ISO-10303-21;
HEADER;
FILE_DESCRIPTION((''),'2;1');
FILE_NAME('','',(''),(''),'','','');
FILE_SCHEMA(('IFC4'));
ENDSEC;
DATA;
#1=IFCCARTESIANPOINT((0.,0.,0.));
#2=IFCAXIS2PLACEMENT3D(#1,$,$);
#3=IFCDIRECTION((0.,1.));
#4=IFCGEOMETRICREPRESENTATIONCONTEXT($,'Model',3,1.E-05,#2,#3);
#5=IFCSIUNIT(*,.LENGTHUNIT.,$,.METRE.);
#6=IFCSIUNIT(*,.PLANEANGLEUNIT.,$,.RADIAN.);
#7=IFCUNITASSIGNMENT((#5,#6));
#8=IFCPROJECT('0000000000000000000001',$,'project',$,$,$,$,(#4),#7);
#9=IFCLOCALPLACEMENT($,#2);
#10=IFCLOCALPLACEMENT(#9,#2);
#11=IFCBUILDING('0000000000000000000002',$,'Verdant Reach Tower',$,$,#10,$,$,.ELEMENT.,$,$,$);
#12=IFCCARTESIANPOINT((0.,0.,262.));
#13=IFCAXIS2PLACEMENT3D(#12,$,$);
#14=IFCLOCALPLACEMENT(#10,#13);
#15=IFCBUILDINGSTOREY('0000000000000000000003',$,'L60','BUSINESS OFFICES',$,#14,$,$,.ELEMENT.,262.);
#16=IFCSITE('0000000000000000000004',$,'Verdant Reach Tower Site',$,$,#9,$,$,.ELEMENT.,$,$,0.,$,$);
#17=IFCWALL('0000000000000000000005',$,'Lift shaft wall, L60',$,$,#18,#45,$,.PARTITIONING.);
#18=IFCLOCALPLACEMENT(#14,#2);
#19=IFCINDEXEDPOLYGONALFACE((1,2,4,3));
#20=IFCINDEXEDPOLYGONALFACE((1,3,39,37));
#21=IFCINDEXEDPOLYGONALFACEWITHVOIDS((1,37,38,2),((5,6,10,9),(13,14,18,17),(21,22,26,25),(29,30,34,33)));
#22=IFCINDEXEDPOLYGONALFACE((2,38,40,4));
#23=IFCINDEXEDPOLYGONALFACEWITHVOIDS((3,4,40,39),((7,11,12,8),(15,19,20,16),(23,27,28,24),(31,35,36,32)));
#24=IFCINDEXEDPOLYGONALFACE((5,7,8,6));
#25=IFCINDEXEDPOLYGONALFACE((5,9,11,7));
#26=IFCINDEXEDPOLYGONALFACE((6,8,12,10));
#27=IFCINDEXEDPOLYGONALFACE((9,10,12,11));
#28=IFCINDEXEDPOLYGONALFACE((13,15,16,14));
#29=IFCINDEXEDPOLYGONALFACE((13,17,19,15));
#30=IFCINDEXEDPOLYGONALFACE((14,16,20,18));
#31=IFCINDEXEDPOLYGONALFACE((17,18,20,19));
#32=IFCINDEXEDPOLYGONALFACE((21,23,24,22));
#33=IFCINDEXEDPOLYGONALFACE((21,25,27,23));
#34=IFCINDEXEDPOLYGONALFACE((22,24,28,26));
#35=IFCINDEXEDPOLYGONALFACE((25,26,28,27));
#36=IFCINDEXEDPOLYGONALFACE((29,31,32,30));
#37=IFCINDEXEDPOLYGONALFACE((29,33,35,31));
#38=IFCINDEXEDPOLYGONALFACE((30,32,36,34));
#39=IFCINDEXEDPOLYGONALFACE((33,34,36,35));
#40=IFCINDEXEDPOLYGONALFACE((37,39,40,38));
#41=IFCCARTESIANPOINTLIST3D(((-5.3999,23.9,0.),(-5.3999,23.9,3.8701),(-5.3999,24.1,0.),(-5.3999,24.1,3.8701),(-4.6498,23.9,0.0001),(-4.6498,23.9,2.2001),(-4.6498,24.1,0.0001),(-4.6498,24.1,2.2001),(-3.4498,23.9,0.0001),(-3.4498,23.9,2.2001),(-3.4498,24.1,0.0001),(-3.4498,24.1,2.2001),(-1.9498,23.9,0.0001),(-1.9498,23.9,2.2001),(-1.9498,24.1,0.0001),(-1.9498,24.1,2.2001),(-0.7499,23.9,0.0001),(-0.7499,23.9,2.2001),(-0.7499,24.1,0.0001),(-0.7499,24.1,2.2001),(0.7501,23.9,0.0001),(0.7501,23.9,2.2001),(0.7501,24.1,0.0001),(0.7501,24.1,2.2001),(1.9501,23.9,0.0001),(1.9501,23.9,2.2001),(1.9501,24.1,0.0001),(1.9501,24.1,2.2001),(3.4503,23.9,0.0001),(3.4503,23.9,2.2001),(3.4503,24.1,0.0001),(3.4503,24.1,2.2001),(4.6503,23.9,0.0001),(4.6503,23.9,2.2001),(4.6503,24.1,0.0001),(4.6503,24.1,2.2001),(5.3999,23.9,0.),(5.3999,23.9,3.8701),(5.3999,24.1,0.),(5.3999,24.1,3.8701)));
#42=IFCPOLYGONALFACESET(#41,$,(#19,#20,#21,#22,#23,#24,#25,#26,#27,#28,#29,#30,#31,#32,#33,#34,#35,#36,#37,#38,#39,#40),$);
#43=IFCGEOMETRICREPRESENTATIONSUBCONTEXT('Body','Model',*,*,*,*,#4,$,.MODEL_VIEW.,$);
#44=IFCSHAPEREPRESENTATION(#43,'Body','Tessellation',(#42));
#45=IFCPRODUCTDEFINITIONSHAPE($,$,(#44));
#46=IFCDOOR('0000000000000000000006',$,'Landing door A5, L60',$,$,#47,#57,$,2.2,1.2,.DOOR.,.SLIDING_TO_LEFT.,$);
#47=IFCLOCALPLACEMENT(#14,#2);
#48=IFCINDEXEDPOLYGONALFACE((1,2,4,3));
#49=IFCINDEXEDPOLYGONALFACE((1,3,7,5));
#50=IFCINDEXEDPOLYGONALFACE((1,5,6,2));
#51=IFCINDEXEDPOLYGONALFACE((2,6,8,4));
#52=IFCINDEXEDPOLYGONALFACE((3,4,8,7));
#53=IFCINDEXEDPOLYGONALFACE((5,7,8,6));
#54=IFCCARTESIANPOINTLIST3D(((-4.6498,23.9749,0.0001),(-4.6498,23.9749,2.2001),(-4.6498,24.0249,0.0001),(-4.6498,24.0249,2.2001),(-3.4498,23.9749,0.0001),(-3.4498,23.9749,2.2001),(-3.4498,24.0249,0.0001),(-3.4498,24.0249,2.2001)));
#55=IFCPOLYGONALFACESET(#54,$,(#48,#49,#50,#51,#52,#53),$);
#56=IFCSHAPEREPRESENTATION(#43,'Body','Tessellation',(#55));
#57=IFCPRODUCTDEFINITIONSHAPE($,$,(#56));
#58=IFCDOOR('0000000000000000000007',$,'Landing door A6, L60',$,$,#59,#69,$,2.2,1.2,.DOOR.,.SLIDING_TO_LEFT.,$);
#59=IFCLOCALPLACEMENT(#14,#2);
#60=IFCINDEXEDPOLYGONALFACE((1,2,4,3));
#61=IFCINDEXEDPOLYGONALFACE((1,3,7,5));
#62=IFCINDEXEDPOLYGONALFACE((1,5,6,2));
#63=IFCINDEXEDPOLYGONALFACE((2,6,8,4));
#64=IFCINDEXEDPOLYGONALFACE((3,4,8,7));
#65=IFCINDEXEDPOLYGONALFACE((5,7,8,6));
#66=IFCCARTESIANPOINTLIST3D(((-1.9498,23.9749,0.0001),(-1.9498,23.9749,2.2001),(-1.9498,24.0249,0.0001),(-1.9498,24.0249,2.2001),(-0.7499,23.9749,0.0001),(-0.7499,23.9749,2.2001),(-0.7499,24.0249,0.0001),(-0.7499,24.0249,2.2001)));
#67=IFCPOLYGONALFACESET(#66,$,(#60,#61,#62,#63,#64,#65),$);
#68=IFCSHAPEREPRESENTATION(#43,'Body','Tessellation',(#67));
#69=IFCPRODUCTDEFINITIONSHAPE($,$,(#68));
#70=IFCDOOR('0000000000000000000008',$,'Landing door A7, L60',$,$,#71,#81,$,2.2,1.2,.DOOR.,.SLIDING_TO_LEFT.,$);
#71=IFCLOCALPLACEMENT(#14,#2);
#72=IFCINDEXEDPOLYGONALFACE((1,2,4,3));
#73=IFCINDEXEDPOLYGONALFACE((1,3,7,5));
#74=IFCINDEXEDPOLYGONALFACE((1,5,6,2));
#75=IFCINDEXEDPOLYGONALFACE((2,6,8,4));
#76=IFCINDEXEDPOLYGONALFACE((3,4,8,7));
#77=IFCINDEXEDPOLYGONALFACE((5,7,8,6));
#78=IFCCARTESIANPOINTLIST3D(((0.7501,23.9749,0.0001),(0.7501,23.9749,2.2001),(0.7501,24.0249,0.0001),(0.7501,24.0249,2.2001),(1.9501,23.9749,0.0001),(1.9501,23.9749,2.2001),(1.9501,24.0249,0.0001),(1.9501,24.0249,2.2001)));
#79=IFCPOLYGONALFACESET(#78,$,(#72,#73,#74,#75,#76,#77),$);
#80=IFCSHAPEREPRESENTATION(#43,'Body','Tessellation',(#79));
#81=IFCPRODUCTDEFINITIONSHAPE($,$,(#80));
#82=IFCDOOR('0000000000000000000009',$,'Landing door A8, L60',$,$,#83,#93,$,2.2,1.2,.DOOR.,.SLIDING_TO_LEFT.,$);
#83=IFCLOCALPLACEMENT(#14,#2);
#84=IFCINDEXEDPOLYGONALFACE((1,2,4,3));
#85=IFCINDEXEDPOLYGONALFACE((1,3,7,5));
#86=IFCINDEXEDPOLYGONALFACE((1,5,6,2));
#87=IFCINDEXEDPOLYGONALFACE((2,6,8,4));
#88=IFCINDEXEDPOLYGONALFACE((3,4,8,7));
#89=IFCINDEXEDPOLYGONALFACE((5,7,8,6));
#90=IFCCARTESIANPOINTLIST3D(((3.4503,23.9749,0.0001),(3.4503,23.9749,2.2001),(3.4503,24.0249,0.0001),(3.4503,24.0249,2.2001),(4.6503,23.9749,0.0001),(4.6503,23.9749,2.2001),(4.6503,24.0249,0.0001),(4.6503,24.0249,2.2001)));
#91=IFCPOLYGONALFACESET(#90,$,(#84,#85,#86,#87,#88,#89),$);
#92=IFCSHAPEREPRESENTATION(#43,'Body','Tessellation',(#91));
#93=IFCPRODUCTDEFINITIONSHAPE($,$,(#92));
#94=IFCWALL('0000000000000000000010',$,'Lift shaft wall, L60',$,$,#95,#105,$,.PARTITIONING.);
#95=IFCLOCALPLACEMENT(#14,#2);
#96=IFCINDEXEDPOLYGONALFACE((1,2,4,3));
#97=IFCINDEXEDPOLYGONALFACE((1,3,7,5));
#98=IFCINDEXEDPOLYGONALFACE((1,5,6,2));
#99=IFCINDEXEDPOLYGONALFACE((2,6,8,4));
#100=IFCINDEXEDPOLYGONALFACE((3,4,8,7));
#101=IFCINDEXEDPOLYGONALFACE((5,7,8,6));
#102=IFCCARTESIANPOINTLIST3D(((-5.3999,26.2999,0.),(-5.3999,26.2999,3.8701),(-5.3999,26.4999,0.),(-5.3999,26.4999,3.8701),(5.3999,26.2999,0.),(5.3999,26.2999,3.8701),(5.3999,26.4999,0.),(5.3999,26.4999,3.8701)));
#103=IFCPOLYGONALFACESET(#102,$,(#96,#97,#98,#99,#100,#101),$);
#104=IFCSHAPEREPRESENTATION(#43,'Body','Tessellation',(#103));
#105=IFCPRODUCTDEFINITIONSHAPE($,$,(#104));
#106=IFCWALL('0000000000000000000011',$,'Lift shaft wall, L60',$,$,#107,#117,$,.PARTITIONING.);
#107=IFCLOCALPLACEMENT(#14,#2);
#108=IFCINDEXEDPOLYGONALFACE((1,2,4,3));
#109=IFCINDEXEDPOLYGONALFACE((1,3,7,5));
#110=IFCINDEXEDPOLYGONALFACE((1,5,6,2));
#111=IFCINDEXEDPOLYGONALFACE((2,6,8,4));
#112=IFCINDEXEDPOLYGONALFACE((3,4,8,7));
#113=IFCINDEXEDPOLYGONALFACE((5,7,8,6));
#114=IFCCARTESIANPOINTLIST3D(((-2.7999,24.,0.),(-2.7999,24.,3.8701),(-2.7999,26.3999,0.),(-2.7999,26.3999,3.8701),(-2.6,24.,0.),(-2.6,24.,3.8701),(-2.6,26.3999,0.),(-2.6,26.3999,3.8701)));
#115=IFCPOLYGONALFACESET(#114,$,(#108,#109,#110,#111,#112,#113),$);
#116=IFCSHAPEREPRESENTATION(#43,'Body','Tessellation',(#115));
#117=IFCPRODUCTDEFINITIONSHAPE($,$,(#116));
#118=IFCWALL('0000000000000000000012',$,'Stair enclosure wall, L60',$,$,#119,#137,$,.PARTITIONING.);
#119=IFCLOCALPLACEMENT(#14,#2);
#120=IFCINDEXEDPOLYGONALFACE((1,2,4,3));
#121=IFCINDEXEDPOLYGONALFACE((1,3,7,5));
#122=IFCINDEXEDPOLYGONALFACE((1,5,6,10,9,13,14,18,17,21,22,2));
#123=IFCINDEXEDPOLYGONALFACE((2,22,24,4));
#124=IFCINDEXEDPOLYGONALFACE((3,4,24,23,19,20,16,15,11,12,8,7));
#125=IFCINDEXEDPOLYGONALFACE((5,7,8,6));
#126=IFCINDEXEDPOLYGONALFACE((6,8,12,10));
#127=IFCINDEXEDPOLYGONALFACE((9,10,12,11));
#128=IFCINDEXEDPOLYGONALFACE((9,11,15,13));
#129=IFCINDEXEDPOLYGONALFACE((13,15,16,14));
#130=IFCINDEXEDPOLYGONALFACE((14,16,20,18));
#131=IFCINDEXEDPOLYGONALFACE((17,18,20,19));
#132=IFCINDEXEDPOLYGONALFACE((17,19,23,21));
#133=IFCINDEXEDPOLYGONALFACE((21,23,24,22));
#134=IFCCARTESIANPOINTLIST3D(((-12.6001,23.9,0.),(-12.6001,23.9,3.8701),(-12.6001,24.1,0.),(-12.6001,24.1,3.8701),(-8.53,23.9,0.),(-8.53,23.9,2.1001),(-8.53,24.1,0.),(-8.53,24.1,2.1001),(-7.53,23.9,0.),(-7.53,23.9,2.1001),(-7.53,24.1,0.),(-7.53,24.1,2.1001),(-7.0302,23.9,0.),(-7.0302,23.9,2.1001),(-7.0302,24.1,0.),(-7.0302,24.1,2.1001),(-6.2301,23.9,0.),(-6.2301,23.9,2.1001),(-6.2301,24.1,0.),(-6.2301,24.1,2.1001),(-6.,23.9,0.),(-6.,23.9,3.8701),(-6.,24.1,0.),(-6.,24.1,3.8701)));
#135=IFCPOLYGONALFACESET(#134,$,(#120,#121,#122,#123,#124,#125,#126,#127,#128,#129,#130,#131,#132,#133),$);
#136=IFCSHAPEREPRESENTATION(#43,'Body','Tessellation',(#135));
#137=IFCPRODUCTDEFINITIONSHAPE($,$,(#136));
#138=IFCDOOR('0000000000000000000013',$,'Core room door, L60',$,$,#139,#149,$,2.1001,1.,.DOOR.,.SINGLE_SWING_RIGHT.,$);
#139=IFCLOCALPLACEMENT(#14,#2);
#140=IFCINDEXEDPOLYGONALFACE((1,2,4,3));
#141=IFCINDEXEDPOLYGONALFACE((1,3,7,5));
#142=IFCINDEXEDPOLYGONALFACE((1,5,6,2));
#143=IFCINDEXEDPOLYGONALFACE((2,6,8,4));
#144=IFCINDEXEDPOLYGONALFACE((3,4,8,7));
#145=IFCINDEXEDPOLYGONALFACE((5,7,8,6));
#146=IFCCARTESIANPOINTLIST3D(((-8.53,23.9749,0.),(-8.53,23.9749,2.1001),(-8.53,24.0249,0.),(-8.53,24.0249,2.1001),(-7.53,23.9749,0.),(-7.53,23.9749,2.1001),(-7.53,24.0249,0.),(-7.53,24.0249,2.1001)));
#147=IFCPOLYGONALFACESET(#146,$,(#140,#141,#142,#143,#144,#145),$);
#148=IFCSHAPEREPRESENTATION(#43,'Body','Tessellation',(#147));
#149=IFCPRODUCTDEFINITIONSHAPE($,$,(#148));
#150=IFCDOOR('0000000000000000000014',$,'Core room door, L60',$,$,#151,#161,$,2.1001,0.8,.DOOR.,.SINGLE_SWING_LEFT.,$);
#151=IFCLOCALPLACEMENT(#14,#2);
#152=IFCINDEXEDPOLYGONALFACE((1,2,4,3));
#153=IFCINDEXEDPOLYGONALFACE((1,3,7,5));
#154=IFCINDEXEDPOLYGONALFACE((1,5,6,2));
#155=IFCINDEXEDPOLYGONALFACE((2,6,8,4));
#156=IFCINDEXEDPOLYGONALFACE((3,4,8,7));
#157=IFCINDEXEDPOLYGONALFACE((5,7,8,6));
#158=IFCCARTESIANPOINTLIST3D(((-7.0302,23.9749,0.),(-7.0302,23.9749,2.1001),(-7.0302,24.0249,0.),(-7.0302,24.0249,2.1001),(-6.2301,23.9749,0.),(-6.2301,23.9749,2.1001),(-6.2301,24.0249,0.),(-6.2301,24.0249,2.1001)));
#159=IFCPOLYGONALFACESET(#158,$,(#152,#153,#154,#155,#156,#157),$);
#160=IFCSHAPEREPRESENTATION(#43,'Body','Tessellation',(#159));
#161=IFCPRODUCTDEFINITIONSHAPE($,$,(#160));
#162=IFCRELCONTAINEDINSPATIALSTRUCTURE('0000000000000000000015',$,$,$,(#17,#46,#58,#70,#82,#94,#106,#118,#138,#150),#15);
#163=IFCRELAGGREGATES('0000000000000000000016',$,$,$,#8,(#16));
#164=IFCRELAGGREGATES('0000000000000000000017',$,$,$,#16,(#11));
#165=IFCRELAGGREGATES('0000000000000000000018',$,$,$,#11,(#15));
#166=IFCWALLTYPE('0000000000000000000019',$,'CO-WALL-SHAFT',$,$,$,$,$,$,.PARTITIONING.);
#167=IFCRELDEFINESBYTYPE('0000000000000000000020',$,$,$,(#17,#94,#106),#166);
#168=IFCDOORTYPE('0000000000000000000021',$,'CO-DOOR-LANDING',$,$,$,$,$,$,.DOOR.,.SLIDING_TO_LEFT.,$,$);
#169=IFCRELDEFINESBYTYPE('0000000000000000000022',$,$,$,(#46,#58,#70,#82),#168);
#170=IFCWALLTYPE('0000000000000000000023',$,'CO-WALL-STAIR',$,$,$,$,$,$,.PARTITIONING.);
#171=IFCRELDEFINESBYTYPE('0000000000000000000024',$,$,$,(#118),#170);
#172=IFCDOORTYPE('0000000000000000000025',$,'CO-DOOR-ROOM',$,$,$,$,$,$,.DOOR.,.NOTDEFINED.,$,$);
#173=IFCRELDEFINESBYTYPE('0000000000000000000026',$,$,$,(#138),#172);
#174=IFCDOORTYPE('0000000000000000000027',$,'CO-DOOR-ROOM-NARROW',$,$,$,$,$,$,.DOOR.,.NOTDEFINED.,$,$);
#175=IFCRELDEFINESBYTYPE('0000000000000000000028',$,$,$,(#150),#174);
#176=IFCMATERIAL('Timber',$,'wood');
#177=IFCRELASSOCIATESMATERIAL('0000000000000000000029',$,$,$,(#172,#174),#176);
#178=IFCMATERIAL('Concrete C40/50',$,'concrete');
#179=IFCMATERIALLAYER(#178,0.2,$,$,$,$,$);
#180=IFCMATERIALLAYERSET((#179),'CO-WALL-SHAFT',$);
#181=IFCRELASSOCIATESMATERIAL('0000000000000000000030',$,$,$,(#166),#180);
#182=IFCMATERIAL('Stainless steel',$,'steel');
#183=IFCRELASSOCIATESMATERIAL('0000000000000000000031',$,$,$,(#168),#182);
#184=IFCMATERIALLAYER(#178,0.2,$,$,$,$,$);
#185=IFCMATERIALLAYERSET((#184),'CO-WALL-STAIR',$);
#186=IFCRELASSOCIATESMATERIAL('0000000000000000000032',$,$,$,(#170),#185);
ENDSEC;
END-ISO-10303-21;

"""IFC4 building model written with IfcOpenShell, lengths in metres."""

from ifc_helpers import new_model, si_unit, direction, frame, frame_2d, origin, place, context, subcontext, project, spatial, rectangle, extrude, material, layer, layer_set, type_object, element, fill, save


model = new_model("IFC4")

# Units and contexts
model_context = context("Model", 3, precision=1e-05, world=origin(), true_north=direction((0.0, 1.0)))
body_context = subcontext(model_context, "Body", "Model", "MODEL_VIEW")
ifc_project = project(units=[si_unit("LENGTHUNIT", "METRE"), si_unit("PLANEANGLEUNIT", "RADIAN")], contexts=[model_context])

# Site, building, storey
site_placement = place(None, origin())
site = spatial("IfcSite", under=ifc_project, at=site_placement, Name="Verdant Reach Tower Site", CompositionType="ELEMENT", RefElevation=0.0)
building_placement = place(site_placement, origin())
building = spatial("IfcBuilding", under=site, at=building_placement, Name="Verdant Reach Tower", CompositionType="ELEMENT")
storey_placement = place(building_placement, frame((0.0, 0.0, 262.0)))
storey = spatial("IfcBuildingStorey", under=building, at=storey_placement, Name="L60", Description="BUSINESS OFFICES", CompositionType="ELEMENT", Elevation=262.0)

# Shared definitions
ifc_material_1 = material(Name="Timber", Category="wood")
door_type_1 = type_object("IfcDoorType", Name="CO-DOOR-ROOM", OperationType="NOTDEFINED", PredefinedType="DOOR", material=ifc_material_1)

# Wall, openings, doors
ifc_material_2 = material(Name="Concrete C40/50", Category="concrete")
ifc_layer_1 = layer(ifc_material_2, 0.2)
ifc_layer_set_1 = layer_set([ifc_layer_1], Name="CO-WALL-SHAFT")
wall_type_1 = type_object("IfcWallType", Name="CO-WALL-SHAFT", PredefinedType="PARTITIONING", material=ifc_layer_set_1)
ifc_material_3 = material(Name="Stainless steel", Category="steel")
door_type_2 = type_object("IfcDoorType", Name="CO-DOOR-LANDING", OperationType="SLIDING_TO_LEFT", PredefinedType="DOOR", material=ifc_material_3)
wall_1_placement = place(storey_placement, frame((-5.3999, 24.0, 0.0), z_axis=(0.0, 0.0, 1.0), x_axis=(1.0, 0.0, 0.0)))
wall_1 = element("IfcWall", 1, at=wall_1_placement, inside=storey, type_object=wall_type_1, Name="Lift shaft wall, L60", PredefinedType="PARTITIONING", context=body_context, shape_type="SweptSolid", body=[
    extrude(rectangle(XDim=10.7998, YDim=0.2, at=frame_2d((5.3999, 0.0))), origin(), (0.0, 0.0, 1.0), 3.8701),
])
opening_1_placement = place(wall_1_placement, frame((0.75, 0.0, 0.0)))
opening_1 = element("IfcOpeningElement", 2, at=opening_1_placement, cuts=wall_1, PredefinedType="OPENING", context=body_context, shape_type="SweptSolid", body=[
    extrude(rectangle(XDim=1.2, YDim=2.2, at=frame_2d((0.6001, 1.1001))), frame((0.0, 0.1099, 0.0), z_axis=(0.0, -1.0, 0.0), x_axis=(1.0, 0.0, 0.0)), (0.0, 0.0, 1.0), 0.22),
])
opening_2_placement = place(wall_1_placement, frame((3.45, 0.0, 0.0)))
opening_2 = element("IfcOpeningElement", 3, at=opening_2_placement, cuts=wall_1, PredefinedType="OPENING", context=body_context, shape_type="SweptSolid", body=[
    extrude(rectangle(XDim=1.2, YDim=2.2, at=frame_2d((0.6001, 1.1001))), frame((0.0, 0.1099, 0.0), z_axis=(0.0, -1.0, 0.0), x_axis=(1.0, 0.0, 0.0)), (0.0, 0.0, 1.0), 0.22),
])
opening_3_placement = place(wall_1_placement, frame((6.1499, 0.0, 0.0)))
opening_3 = element("IfcOpeningElement", 4, at=opening_3_placement, cuts=wall_1, PredefinedType="OPENING", context=body_context, shape_type="SweptSolid", body=[
    extrude(rectangle(XDim=1.2, YDim=2.2, at=frame_2d((0.6001, 1.1001))), frame((0.0, 0.1099, 0.0), z_axis=(0.0, -1.0, 0.0), x_axis=(1.0, 0.0, 0.0)), (0.0, 0.0, 1.0), 0.22),
])
opening_4_placement = place(wall_1_placement, frame((8.8501, 0.0, 0.0)))
opening_4 = element("IfcOpeningElement", 5, at=opening_4_placement, cuts=wall_1, PredefinedType="OPENING", context=body_context, shape_type="SweptSolid", body=[
    extrude(rectangle(XDim=1.2, YDim=2.2, at=frame_2d((0.6001, 1.1001))), frame((0.0, 0.1099, 0.0), z_axis=(0.0, -1.0, 0.0), x_axis=(1.0, 0.0, 0.0)), (0.0, 0.0, 1.0), 0.22),
])
door_1_placement = place(opening_1_placement, origin())
door_1 = element("IfcDoor", 6, at=door_1_placement, inside=storey, type_object=door_type_2, Name="Landing door A5, L60", OperationType="SLIDING_TO_LEFT", OverallHeight=2.2, OverallWidth=1.2, PredefinedType="DOOR", context=body_context, shape_type="SweptSolid", body=[
    extrude(rectangle(XDim=1.2, YDim=2.2, at=frame_2d((0.6001, 1.1001))), frame((0.0, 0.0249, 0.0), z_axis=(0.0, -1.0, 0.0), x_axis=(1.0, 0.0, 0.0)), (0.0, 0.0, 1.0), 0.05),
])
fill(opening_1, door_1)
door_2_placement = place(opening_2_placement, origin())
door_2 = element("IfcDoor", 7, at=door_2_placement, inside=storey, type_object=door_type_2, Name="Landing door A6, L60", OperationType="SLIDING_TO_LEFT", OverallHeight=2.2, OverallWidth=1.2, PredefinedType="DOOR", context=body_context, shape_type="SweptSolid", body=[
    extrude(rectangle(XDim=1.2, YDim=2.2, at=frame_2d((0.6001, 1.1001))), frame((0.0, 0.0249, 0.0), z_axis=(0.0, -1.0, 0.0), x_axis=(1.0, 0.0, 0.0)), (0.0, 0.0, 1.0), 0.05),
])
fill(opening_2, door_2)
door_3_placement = place(opening_3_placement, origin())
door_3 = element("IfcDoor", 8, at=door_3_placement, inside=storey, type_object=door_type_2, Name="Landing door A7, L60", OperationType="SLIDING_TO_LEFT", OverallHeight=2.2, OverallWidth=1.2, PredefinedType="DOOR", context=body_context, shape_type="SweptSolid", body=[
    extrude(rectangle(XDim=1.2, YDim=2.2, at=frame_2d((0.6001, 1.1001))), frame((0.0, 0.0249, 0.0), z_axis=(0.0, -1.0, 0.0), x_axis=(1.0, 0.0, 0.0)), (0.0, 0.0, 1.0), 0.05),
])
fill(opening_3, door_3)
door_4_placement = place(opening_4_placement, origin())
door_4 = element("IfcDoor", 9, at=door_4_placement, inside=storey, type_object=door_type_2, Name="Landing door A8, L60", OperationType="SLIDING_TO_LEFT", OverallHeight=2.2, OverallWidth=1.2, PredefinedType="DOOR", context=body_context, shape_type="SweptSolid", body=[
    extrude(rectangle(XDim=1.2, YDim=2.2, at=frame_2d((0.6001, 1.1001))), frame((0.0, 0.0249, 0.0), z_axis=(0.0, -1.0, 0.0), x_axis=(1.0, 0.0, 0.0)), (0.0, 0.0, 1.0), 0.05),
])
fill(opening_4, door_4)

# Walls
wall_2_placement = place(storey_placement, frame((-5.3999, 26.3999, 0.0), z_axis=(0.0, 0.0, 1.0), x_axis=(1.0, 0.0, 0.0)))
element("IfcWall", 10, at=wall_2_placement, inside=storey, type_object=wall_type_1, Name="Lift shaft wall, L60", PredefinedType="PARTITIONING", context=body_context, shape_type="SweptSolid", body=[
    extrude(rectangle(XDim=10.7998, YDim=0.2, at=frame_2d((5.3999, 0.0))), origin(), (0.0, 0.0, 1.0), 3.8701),
])
wall_3_placement = place(storey_placement, frame((-2.7, 24.0, 0.0), z_axis=(0.0, 0.0, 1.0), x_axis=(0.0, 1.0, 0.0)))
element("IfcWall", 11, at=wall_3_placement, inside=storey, type_object=wall_type_1, Name="Lift shaft wall, L60", PredefinedType="PARTITIONING", context=body_context, shape_type="SweptSolid", body=[
    extrude(rectangle(XDim=2.3999, YDim=0.2, at=frame_2d((1.2, 0.0))), origin(), (0.0, 0.0, 1.0), 3.8701),
])

# Wall, openings, doors
ifc_layer_2 = layer(ifc_material_2, 0.2)
ifc_layer_set_2 = layer_set([ifc_layer_2], Name="CO-WALL-STAIR")
wall_type_2 = type_object("IfcWallType", Name="CO-WALL-STAIR", PredefinedType="PARTITIONING", material=ifc_layer_set_2)
wall_4_placement = place(storey_placement, frame((-12.6001, 24.0, 0.0), z_axis=(0.0, 0.0, 1.0), x_axis=(1.0, 0.0, 0.0)))
wall_4 = element("IfcWall", 12, at=wall_4_placement, inside=storey, type_object=wall_type_2, Name="Stair enclosure wall, L60", PredefinedType="PARTITIONING", context=body_context, shape_type="SweptSolid", body=[
    extrude(rectangle(XDim=6.6001, YDim=0.2, at=frame_2d((3.3, 0.0))), origin(), (0.0, 0.0, 1.0), 3.8701),
])
opening_5_placement = place(wall_4_placement, frame((4.0701, 0.0, 0.0)))
opening_5 = element("IfcOpeningElement", 13, at=opening_5_placement, cuts=wall_4, PredefinedType="OPENING", context=body_context, shape_type="SweptSolid", body=[
    extrude(rectangle(XDim=1.0, YDim=2.1001, at=frame_2d((0.5, 1.05))), frame((0.0, 0.1099, 0.0), z_axis=(0.0, -1.0, 0.0), x_axis=(1.0, 0.0, 0.0)), (0.0, 0.0, 1.0), 0.22),
])
opening_6_placement = place(wall_4_placement, frame((5.5701, 0.0, 0.0)))
opening_6 = element("IfcOpeningElement", 14, at=opening_6_placement, cuts=wall_4, PredefinedType="OPENING", context=body_context, shape_type="SweptSolid", body=[
    extrude(rectangle(XDim=0.8, YDim=2.1001, at=frame_2d((0.3999, 1.05))), frame((0.0, 0.1099, 0.0), z_axis=(0.0, -1.0, 0.0), x_axis=(1.0, 0.0, 0.0)), (0.0, 0.0, 1.0), 0.22),
])
door_5_placement = place(opening_5_placement, origin())
door_5 = element("IfcDoor", 15, at=door_5_placement, inside=storey, type_object=door_type_1, Name="Core room door, L60", OperationType="SINGLE_SWING_RIGHT", OverallHeight=2.1001, OverallWidth=1.0, PredefinedType="DOOR", context=body_context, shape_type="SweptSolid", body=[
    extrude(rectangle(XDim=1.0, YDim=2.1001, at=frame_2d((0.5, 1.05))), frame((0.0, 0.0249, 0.0), z_axis=(0.0, -1.0, 0.0), x_axis=(1.0, 0.0, 0.0)), (0.0, 0.0, 1.0), 0.05),
])
fill(opening_5, door_5)
door_type_3 = type_object("IfcDoorType", Name="CO-DOOR-ROOM-NARROW", OperationType="NOTDEFINED", PredefinedType="DOOR", material=ifc_material_1)
door_6_placement = place(opening_6_placement, origin())
door_6 = element("IfcDoor", 16, at=door_6_placement, inside=storey, type_object=door_type_3, Name="Core room door, L60", OperationType="SINGLE_SWING_LEFT", OverallHeight=2.1001, OverallWidth=0.8, PredefinedType="DOOR", context=body_context, shape_type="SweptSolid", body=[
    extrude(rectangle(XDim=0.8, YDim=2.1001, at=frame_2d((0.3999, 1.05))), frame((0.0, 0.0249, 0.0), z_axis=(0.0, -1.0, 0.0), x_axis=(1.0, 0.0, 0.0)), (0.0, 0.0, 1.0), 0.05),
])
fill(opening_6, door_6)

save(model, "model.ifc")
